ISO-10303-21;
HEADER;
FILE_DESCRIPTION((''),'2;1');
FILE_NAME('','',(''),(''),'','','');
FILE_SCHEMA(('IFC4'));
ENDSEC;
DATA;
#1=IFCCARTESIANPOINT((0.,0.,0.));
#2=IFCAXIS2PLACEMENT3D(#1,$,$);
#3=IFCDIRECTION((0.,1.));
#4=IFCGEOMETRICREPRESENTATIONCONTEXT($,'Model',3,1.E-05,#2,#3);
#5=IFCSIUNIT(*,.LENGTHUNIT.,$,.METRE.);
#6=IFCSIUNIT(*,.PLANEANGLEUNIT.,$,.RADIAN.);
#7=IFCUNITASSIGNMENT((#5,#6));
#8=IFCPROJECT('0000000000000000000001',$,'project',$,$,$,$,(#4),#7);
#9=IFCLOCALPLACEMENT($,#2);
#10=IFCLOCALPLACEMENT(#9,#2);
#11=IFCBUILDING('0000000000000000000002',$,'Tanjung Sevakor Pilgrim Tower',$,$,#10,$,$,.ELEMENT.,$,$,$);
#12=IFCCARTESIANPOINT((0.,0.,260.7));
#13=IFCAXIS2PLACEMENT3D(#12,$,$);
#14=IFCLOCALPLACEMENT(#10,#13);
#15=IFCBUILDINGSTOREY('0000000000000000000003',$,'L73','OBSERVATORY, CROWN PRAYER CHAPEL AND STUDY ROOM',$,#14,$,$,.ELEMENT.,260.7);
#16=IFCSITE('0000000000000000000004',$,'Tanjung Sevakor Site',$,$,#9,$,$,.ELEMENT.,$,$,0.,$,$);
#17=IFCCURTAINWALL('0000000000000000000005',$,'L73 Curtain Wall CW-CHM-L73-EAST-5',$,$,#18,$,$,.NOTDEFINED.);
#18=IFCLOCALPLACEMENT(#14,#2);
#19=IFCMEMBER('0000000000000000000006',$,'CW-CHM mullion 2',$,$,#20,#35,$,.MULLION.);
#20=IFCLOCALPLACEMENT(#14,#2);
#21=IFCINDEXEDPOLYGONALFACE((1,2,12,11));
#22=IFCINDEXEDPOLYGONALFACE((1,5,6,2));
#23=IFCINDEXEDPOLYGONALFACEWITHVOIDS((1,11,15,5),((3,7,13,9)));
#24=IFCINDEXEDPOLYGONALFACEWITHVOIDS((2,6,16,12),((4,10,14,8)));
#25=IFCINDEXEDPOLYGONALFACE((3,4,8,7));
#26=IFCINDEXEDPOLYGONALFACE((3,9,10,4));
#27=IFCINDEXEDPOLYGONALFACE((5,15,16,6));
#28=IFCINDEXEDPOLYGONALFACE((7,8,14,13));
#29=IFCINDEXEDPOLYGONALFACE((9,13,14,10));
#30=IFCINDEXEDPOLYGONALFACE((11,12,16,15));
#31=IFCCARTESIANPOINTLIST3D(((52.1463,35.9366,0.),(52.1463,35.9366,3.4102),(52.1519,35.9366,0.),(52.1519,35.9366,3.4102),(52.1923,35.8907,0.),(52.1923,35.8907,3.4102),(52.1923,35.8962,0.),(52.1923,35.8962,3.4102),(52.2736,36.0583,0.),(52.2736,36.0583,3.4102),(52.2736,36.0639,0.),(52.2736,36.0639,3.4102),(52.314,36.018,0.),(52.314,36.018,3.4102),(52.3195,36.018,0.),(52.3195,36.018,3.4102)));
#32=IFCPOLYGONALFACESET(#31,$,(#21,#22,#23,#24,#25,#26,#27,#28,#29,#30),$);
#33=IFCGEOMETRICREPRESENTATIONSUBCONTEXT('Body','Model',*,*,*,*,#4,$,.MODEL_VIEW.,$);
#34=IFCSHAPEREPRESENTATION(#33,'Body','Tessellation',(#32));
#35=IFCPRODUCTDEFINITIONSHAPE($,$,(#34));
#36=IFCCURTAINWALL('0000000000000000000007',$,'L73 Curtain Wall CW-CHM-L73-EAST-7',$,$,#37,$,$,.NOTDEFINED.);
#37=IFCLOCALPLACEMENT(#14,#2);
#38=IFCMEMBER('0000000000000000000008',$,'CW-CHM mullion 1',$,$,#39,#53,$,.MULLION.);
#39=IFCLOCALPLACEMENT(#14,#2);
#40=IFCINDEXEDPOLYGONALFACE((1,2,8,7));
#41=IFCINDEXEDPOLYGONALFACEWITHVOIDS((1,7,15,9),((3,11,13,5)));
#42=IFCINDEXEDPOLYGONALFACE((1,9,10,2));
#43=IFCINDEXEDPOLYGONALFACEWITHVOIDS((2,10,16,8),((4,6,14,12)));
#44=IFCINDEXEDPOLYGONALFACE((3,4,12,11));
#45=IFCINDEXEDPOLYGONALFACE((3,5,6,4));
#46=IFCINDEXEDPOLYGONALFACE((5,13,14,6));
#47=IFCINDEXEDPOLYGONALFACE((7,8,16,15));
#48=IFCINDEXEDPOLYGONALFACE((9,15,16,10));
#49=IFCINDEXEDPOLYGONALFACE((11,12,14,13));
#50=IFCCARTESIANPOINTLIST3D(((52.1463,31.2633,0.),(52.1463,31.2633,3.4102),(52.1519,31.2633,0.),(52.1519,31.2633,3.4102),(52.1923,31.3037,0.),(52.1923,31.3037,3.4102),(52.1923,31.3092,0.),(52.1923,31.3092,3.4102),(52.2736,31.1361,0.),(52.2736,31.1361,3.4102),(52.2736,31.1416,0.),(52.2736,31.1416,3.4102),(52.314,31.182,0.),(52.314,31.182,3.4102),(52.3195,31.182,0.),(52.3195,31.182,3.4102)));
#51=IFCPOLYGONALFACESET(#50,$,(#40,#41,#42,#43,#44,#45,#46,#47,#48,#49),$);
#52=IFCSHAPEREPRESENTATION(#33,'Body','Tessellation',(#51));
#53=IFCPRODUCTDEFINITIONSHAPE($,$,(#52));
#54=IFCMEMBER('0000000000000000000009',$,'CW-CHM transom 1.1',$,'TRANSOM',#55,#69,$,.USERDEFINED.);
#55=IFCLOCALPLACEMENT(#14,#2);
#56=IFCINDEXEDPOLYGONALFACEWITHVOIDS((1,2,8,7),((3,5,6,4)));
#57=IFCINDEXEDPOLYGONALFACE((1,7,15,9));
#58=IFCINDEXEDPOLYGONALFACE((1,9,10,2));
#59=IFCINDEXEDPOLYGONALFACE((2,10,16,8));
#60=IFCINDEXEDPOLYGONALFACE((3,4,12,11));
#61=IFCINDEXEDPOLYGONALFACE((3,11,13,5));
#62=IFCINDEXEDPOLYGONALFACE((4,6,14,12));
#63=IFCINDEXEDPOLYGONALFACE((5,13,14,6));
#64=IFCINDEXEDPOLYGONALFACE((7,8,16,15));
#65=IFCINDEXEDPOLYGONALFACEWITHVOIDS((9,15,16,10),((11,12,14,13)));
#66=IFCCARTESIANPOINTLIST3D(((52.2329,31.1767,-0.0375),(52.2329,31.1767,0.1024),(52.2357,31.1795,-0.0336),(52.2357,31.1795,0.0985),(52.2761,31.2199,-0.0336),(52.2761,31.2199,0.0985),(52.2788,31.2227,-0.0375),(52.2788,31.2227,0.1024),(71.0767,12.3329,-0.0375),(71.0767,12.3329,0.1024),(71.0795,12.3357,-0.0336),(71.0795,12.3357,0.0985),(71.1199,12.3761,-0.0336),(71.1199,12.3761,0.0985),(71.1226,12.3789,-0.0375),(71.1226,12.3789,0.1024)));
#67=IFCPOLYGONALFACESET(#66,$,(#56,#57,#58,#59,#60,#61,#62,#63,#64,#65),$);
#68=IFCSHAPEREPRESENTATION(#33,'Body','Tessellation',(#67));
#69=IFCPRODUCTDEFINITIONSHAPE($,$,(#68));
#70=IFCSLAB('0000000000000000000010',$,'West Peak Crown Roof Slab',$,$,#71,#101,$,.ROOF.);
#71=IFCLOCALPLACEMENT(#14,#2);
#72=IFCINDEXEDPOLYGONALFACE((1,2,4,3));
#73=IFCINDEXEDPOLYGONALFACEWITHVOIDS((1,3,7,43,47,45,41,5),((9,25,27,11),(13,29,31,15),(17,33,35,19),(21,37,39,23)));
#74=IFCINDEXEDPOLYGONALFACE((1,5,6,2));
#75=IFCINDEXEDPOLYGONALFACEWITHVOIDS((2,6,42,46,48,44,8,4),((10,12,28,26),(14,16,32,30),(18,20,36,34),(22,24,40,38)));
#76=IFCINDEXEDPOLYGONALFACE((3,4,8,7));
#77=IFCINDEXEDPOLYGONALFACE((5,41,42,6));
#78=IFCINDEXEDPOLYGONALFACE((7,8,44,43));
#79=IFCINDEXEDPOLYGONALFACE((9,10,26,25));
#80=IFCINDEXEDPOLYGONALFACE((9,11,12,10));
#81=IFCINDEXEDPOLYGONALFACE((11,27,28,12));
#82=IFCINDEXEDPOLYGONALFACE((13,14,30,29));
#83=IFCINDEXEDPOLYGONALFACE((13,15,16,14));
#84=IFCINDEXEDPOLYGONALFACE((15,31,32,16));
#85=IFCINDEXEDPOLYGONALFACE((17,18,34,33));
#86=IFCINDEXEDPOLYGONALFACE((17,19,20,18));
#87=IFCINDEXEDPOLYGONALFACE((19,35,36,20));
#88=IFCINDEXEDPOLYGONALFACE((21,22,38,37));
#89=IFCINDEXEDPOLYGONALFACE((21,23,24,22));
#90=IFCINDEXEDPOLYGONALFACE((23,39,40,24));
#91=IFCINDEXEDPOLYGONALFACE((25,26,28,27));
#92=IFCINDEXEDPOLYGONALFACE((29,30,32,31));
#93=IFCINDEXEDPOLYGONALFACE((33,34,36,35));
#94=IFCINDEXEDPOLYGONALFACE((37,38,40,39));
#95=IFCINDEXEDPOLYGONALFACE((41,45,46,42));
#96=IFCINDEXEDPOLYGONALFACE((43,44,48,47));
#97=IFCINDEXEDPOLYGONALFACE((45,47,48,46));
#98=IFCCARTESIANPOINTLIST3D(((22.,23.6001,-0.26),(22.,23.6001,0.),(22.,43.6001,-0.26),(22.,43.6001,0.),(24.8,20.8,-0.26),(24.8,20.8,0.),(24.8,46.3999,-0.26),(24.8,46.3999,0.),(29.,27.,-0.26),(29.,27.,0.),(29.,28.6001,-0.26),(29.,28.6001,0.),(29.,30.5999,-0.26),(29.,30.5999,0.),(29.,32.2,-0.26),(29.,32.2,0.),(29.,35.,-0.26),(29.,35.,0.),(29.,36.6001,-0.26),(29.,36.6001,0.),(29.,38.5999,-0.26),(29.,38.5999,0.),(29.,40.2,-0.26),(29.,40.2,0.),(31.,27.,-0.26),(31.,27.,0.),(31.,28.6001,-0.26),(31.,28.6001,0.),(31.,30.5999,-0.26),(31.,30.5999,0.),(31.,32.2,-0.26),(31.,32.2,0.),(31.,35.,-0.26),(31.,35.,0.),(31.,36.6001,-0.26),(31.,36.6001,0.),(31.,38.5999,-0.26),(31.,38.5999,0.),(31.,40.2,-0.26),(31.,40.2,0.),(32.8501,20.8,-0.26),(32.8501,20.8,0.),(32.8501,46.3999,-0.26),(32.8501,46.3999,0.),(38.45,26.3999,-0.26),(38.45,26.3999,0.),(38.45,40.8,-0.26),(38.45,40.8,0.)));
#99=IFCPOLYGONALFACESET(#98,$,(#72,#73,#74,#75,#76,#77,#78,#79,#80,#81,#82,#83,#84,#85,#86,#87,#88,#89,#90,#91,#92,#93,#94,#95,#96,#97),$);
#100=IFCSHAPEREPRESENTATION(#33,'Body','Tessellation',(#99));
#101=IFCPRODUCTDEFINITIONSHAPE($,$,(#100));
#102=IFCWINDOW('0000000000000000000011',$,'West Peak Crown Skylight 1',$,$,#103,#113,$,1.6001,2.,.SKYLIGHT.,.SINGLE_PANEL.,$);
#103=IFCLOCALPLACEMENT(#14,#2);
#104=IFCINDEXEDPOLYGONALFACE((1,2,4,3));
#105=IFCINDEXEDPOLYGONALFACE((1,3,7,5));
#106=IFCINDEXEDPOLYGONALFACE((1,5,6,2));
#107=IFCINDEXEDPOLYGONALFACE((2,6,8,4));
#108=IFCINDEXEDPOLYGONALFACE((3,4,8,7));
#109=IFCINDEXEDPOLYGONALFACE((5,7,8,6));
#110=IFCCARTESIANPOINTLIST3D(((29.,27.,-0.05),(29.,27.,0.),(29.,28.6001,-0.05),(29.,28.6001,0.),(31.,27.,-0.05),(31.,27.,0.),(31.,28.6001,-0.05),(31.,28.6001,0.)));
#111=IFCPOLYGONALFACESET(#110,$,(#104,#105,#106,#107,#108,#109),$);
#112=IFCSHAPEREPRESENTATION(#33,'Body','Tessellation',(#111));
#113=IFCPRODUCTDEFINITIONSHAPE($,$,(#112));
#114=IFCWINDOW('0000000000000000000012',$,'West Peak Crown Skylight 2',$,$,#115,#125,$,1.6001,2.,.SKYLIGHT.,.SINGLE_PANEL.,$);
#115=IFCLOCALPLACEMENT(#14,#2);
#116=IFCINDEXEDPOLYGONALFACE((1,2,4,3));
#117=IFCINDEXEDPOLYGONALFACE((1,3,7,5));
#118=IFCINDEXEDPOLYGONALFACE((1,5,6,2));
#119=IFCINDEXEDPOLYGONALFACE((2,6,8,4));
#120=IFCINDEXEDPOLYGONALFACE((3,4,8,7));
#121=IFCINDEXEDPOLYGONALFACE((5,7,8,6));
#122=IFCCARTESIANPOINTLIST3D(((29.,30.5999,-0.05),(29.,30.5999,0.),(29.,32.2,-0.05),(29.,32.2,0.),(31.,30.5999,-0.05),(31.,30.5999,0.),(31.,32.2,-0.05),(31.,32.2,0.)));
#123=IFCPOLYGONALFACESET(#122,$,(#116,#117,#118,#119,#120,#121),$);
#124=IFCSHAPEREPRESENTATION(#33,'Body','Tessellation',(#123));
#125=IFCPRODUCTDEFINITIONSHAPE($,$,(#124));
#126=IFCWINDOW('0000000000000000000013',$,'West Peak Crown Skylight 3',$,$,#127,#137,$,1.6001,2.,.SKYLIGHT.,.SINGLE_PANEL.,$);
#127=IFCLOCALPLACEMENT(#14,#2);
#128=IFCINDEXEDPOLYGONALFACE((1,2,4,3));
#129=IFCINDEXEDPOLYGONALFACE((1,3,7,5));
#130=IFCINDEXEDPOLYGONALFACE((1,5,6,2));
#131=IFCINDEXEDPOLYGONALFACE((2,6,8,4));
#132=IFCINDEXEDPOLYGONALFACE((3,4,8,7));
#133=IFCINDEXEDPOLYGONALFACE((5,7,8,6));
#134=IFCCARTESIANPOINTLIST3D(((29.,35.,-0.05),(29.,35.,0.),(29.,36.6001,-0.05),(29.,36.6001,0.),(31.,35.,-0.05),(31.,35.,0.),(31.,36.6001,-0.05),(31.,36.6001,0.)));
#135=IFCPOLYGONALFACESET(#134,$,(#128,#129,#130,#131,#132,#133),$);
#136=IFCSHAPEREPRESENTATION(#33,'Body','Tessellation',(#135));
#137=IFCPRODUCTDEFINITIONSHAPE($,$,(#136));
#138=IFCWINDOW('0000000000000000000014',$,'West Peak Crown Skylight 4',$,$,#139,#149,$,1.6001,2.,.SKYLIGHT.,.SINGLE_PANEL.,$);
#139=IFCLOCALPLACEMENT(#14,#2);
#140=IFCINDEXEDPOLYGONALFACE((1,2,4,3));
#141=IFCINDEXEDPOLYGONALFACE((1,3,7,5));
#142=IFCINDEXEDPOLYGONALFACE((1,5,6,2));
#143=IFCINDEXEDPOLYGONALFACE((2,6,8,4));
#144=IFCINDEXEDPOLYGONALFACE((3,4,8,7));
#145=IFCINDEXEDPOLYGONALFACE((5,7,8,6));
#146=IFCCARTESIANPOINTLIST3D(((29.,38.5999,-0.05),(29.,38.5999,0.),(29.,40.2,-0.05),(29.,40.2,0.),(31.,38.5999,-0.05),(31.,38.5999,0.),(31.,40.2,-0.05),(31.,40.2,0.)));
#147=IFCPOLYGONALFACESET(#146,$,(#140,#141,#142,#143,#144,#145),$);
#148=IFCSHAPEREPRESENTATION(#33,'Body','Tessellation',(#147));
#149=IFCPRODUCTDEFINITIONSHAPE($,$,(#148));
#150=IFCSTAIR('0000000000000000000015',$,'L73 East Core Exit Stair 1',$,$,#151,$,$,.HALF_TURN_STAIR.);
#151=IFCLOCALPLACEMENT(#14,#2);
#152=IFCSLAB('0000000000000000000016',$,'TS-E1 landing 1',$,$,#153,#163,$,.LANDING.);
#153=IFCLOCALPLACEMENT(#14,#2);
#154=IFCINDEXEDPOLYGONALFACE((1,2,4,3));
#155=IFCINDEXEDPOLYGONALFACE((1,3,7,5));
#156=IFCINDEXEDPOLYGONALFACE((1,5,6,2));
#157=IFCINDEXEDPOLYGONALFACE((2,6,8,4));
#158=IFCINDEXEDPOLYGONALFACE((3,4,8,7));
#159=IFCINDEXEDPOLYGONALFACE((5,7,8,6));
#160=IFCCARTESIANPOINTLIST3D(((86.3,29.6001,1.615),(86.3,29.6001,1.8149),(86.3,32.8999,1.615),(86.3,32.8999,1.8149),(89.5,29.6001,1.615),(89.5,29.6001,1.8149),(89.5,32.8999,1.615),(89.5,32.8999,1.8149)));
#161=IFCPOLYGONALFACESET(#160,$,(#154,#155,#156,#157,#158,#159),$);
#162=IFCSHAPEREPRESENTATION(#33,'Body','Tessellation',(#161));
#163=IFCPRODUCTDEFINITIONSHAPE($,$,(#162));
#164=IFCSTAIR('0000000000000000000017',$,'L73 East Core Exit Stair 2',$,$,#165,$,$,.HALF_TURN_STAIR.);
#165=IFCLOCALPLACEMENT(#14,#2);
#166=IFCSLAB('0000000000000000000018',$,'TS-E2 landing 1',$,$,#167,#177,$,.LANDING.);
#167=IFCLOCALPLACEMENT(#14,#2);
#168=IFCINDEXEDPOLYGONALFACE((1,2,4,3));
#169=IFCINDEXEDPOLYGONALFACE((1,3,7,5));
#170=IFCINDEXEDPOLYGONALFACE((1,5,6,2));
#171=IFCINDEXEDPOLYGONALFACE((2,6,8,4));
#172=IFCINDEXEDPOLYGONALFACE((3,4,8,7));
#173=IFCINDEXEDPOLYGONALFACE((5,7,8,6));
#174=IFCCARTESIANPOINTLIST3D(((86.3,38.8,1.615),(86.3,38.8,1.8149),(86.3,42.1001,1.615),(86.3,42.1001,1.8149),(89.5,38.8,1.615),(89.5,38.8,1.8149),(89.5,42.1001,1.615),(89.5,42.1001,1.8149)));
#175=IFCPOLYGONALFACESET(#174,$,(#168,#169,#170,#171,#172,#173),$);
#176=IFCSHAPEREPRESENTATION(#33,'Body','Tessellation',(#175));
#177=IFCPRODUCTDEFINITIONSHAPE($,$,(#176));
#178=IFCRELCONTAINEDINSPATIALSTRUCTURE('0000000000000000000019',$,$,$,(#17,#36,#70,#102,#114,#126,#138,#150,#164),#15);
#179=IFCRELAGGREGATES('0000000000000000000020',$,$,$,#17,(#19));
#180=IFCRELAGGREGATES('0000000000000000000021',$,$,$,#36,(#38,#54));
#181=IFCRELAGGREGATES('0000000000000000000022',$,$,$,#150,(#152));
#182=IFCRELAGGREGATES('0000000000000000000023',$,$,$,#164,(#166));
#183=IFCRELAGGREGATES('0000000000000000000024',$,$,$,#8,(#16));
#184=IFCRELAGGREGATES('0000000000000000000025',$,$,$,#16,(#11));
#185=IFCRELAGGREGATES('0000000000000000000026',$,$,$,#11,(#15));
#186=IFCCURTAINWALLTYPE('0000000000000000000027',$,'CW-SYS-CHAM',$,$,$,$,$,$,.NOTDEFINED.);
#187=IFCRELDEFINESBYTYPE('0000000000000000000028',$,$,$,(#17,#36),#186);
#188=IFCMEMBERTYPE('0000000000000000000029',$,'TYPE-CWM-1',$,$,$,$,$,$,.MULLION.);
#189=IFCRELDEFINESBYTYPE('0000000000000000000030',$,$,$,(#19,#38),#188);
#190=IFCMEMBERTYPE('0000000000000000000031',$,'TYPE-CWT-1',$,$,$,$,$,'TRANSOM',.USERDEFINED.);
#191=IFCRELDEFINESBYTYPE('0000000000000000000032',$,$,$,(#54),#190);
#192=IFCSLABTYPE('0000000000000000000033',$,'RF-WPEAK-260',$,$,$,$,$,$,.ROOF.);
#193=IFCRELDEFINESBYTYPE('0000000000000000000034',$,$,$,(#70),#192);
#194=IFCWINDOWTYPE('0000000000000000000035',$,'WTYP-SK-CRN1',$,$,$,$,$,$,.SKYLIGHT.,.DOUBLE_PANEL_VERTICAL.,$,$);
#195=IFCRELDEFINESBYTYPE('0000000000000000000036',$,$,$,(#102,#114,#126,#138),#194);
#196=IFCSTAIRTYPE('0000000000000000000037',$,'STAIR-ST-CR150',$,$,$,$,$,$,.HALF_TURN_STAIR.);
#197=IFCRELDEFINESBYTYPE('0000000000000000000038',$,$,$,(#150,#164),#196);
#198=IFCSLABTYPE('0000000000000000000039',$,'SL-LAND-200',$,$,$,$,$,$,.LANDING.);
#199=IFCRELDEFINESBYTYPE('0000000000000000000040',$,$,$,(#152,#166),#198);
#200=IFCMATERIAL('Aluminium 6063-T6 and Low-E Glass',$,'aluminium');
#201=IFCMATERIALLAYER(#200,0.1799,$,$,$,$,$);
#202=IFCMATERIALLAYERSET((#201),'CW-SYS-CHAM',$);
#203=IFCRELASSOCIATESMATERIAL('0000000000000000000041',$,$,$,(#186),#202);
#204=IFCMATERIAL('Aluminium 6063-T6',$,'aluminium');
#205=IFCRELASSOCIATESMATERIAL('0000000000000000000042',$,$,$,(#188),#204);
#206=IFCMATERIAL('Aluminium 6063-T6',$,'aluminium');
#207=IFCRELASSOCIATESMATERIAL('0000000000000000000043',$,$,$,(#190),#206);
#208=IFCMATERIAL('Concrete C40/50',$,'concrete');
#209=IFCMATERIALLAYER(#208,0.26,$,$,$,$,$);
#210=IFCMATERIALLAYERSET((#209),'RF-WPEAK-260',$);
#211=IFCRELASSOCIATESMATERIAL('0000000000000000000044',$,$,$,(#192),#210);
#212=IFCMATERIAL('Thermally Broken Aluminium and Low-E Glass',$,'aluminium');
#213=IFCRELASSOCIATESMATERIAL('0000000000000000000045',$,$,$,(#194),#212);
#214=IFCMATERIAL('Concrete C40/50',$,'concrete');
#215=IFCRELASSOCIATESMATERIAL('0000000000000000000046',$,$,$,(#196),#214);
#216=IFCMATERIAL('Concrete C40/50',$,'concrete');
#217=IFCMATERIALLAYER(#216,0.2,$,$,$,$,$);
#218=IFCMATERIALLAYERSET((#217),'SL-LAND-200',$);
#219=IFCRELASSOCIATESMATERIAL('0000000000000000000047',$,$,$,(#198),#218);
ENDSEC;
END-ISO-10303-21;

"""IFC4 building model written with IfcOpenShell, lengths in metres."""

from ifc_helpers import new_model, si_unit, direction, frame, origin, origin_2d, place, context, subcontext, project, spatial, polyline, rectangle, hollow_rectangle, outline, extrude, material, layer, layer_set, material_profile, profile_set, type_object, element, fill, aggregate, save


model = new_model("IFC4")

# Units and contexts
model_context = context("Model", 3, precision=1e-05, world=origin(), true_north=direction((0.0, 1.0)))
body_context = subcontext(model_context, "Body", "Model", "MODEL_VIEW")
ifc_project = project(units=[si_unit("LENGTHUNIT", "METRE"), si_unit("PLANEANGLEUNIT", "RADIAN")], contexts=[model_context])

# Site, building, storey
site_placement = place(None, origin())
site = spatial("IfcSite", under=ifc_project, at=site_placement, Name="Tanjung Sevakor Site", CompositionType="ELEMENT", RefElevation=0.0)
building_placement = place(site_placement, origin())
building = spatial("IfcBuilding", under=site, at=building_placement, Name="Tanjung Sevakor Pilgrim Tower", CompositionType="ELEMENT")
storey_placement = place(building_placement, frame((0.0, 0.0, 260.7)))
storey = spatial("IfcBuildingStorey", under=building, at=storey_placement, Name="L73", Description="OBSERVATORY, CROWN PRAYER CHAPEL AND STUDY ROOM", CompositionType="ELEMENT", Elevation=260.7)

# Curtain wall, member
ifc_material_1 = material(Name="Aluminium 6063-T6 and Low-E Glass", Category="aluminium")
ifc_layer_1 = layer(ifc_material_1, 0.1799)
ifc_layer_set_1 = layer_set([ifc_layer_1], Name="CW-SYS-CHAM")
curtain_wall_type = type_object("IfcCurtainWallType", Name="CW-SYS-CHAM", PredefinedType="NOTDEFINED", material=ifc_layer_set_1)
curtain_wall_1_placement = place(storey_placement, origin())
curtain_wall_1 = element("IfcCurtainWall", 1, at=curtain_wall_1_placement, inside=storey, type_object=curtain_wall_type, Name="L73 Curtain Wall CW-CHM-L73-EAST-5", PredefinedType="NOTDEFINED")
ifc_material_2 = material(Name="Aluminium 6063-T6", Category="aluminium")
ifc_material_profile_1 = material_profile(ifc_material_2, hollow_rectangle(XDim=0.0649, YDim=0.1799, WallThickness=0.0039, at=origin_2d()))
ifc_profile_set_1 = profile_set([ifc_material_profile_1], Name="Aluminium 6063-T6")
member_type_1 = type_object("IfcMemberType", Name="TYPE-CWM-1", PredefinedType="MULLION", material=ifc_profile_set_1)
member_1_placement = place(storey_placement, frame((52.2329, 35.9773, 0.0), z_axis=(0.0, 0.0, 1.0), x_axis=(0.707107, -0.707107, 0.0)))
member_1 = element("IfcMember", 2, at=member_1_placement, type_object=member_type_1, Name="CW-CHM mullion 2", PredefinedType="MULLION", context=body_context, shape_type="SweptSolid", body=[
    extrude(hollow_rectangle(XDim=0.0649, YDim=0.1799, WallThickness=0.0039, at=origin_2d()), origin(), (0.0, 0.0, 1.0), 3.4102),
])
aggregate(curtain_wall_1, [member_1])

# Curtain wall, members
curtain_wall_2_placement = place(storey_placement, origin())
curtain_wall_2 = element("IfcCurtainWall", 3, at=curtain_wall_2_placement, inside=storey, type_object=curtain_wall_type, Name="L73 Curtain Wall CW-CHM-L73-EAST-7", PredefinedType="NOTDEFINED")
member_2_placement = place(storey_placement, frame((52.2329, 31.2227, 0.0), z_axis=(0.0, 0.0, 1.0), x_axis=(0.707107, 0.707107, 0.0)))
member_2 = element("IfcMember", 4, at=member_2_placement, type_object=member_type_1, Name="CW-CHM mullion 1", PredefinedType="MULLION", context=body_context, shape_type="SweptSolid", body=[
    extrude(hollow_rectangle(XDim=0.0649, YDim=0.1799, WallThickness=0.0039, at=origin_2d()), origin(), (0.0, 0.0, 1.0), 3.4102),
])
ifc_material_3 = material(Name="Aluminium 6063-T6", Category="aluminium")
ifc_material_profile_2 = material_profile(ifc_material_3, hollow_rectangle(XDim=0.0649, YDim=0.1399, WallThickness=0.0039, at=origin_2d()))
ifc_profile_set_2 = profile_set([ifc_material_profile_2], Name="Aluminium 6063-T6")
member_type_2 = type_object("IfcMemberType", Name="TYPE-CWT-1", ElementType="TRANSOM", PredefinedType="USERDEFINED", material=ifc_profile_set_2)
member_3_placement = place(storey_placement, frame((52.2559, 31.1997, 0.0325), z_axis=(0.707107, -0.707107, 0.0), x_axis=(0.707107, 0.707107, 0.0)))
member_3 = element("IfcMember", 5, at=member_3_placement, type_object=member_type_2, Name="CW-CHM transom 1.1", ObjectType="TRANSOM", PredefinedType="USERDEFINED", context=body_context, shape_type="SweptSolid", body=[
    extrude(hollow_rectangle(XDim=0.0649, YDim=0.1399, WallThickness=0.0039, at=origin_2d()), origin(), (0.0, 0.0, 1.0), 26.6492),
])
aggregate(curtain_wall_2, [member_2, member_3])

# Slab, openings, windows
ifc_material_4 = material(Name="Concrete C40/50", Category="concrete")
ifc_layer_2 = layer(ifc_material_4, 0.26)
ifc_layer_set_2 = layer_set([ifc_layer_2], Name="RF-WPEAK-260")
slab_type_1 = type_object("IfcSlabType", Name="RF-WPEAK-260", PredefinedType="ROOF", material=ifc_layer_set_2)
slab_1_placement = place(storey_placement, frame((0.0, 0.0, -0.26)))
slab_1 = element("IfcSlab", 6, at=slab_1_placement, inside=storey, type_object=slab_type_1, Name="West Peak Crown Roof Slab", PredefinedType="ROOF", context=body_context, shape_type="SweptSolid", body=[
    extrude(outline(polyline([(24.8, 20.8), (32.8501, 20.8), (38.45, 26.3999), (38.45, 40.8), (32.8501, 46.3999), (24.8, 46.3999), (22.0, 43.6001), (22.0, 23.6001), (24.8, 20.8)])), origin(), (0.0, 0.0, 1.0), 0.26),
])
opening_1_placement = place(slab_1_placement, frame((30.0, 27.8, 0.0)))
opening_1 = element("IfcOpeningElement", 7, at=opening_1_placement, cuts=slab_1, PredefinedType="OPENING", context=body_context, shape_type="SweptSolid", body=[
    extrude(rectangle(XDim=2.0, YDim=1.6001, at=origin_2d()), origin(), (0.0, 0.0, 1.0), 0.26),
])
opening_2_placement = place(slab_1_placement, frame((30.0, 31.3999, 0.0)))
opening_2 = element("IfcOpeningElement", 8, at=opening_2_placement, cuts=slab_1, PredefinedType="OPENING", context=body_context, shape_type="SweptSolid", body=[
    extrude(rectangle(XDim=2.0, YDim=1.6001, at=origin_2d()), origin(), (0.0, 0.0, 1.0), 0.26),
])
opening_3_placement = place(slab_1_placement, frame((30.0, 35.8, 0.0)))
opening_3 = element("IfcOpeningElement", 9, at=opening_3_placement, cuts=slab_1, PredefinedType="OPENING", context=body_context, shape_type="SweptSolid", body=[
    extrude(rectangle(XDim=2.0, YDim=1.6001, at=origin_2d()), origin(), (0.0, 0.0, 1.0), 0.26),
])
opening_4_placement = place(slab_1_placement, frame((30.0, 39.3999, 0.0)))
opening_4 = element("IfcOpeningElement", 10, at=opening_4_placement, cuts=slab_1, PredefinedType="OPENING", context=body_context, shape_type="SweptSolid", body=[
    extrude(rectangle(XDim=2.0, YDim=1.6001, at=origin_2d()), origin(), (0.0, 0.0, 1.0), 0.26),
])
ifc_material_5 = material(Name="Thermally Broken Aluminium and Low-E Glass", Category="aluminium")
window_type = type_object("IfcWindowType", Name="WTYP-SK-CRN1", PartitioningType="DOUBLE_PANEL_VERTICAL", PredefinedType="SKYLIGHT", material=ifc_material_5)
window_1_placement = place(opening_1_placement, frame((0.0, 0.0, 0.21)))
window_1 = element("IfcWindow", 11, at=window_1_placement, inside=storey, type_object=window_type, Name="West Peak Crown Skylight 1", OverallHeight=1.6001, OverallWidth=2.0, PartitioningType="SINGLE_PANEL", PredefinedType="SKYLIGHT", context=body_context, shape_type="SweptSolid", body=[
    extrude(rectangle(XDim=2.0, YDim=1.6001, at=origin_2d()), origin(), (0.0, 0.0, 1.0), 0.05),
])
fill(opening_1, window_1)
window_2_placement = place(opening_2_placement, frame((0.0, 0.0, 0.21)))
window_2 = element("IfcWindow", 12, at=window_2_placement, inside=storey, type_object=window_type, Name="West Peak Crown Skylight 2", OverallHeight=1.6001, OverallWidth=2.0, PartitioningType="SINGLE_PANEL", PredefinedType="SKYLIGHT", context=body_context, shape_type="SweptSolid", body=[
    extrude(rectangle(XDim=2.0, YDim=1.6001, at=origin_2d()), origin(), (0.0, 0.0, 1.0), 0.05),
])
fill(opening_2, window_2)
window_3_placement = place(opening_3_placement, frame((0.0, 0.0, 0.21)))
window_3 = element("IfcWindow", 13, at=window_3_placement, inside=storey, type_object=window_type, Name="West Peak Crown Skylight 3", OverallHeight=1.6001, OverallWidth=2.0, PartitioningType="SINGLE_PANEL", PredefinedType="SKYLIGHT", context=body_context, shape_type="SweptSolid", body=[
    extrude(rectangle(XDim=2.0, YDim=1.6001, at=origin_2d()), origin(), (0.0, 0.0, 1.0), 0.05),
])
fill(opening_3, window_3)
window_4_placement = place(opening_4_placement, frame((0.0, 0.0, 0.21)))
window_4 = element("IfcWindow", 14, at=window_4_placement, inside=storey, type_object=window_type, Name="West Peak Crown Skylight 4", OverallHeight=1.6001, OverallWidth=2.0, PartitioningType="SINGLE_PANEL", PredefinedType="SKYLIGHT", context=body_context, shape_type="SweptSolid", body=[
    extrude(rectangle(XDim=2.0, YDim=1.6001, at=origin_2d()), origin(), (0.0, 0.0, 1.0), 0.05),
])
fill(opening_4, window_4)

# Stairs, slabs
ifc_material_6 = material(Name="Concrete C40/50", Category="concrete")
stair_type = type_object("IfcStairType", Name="STAIR-ST-CR150", PredefinedType="HALF_TURN_STAIR", material=ifc_material_6)
stair_1_placement = place(storey_placement, origin())
stair_1 = element("IfcStair", 15, at=stair_1_placement, inside=storey, type_object=stair_type, Name="L73 East Core Exit Stair 1", PredefinedType="HALF_TURN_STAIR")
ifc_material_7 = material(Name="Concrete C40/50", Category="concrete")
ifc_layer_3 = layer(ifc_material_7, 0.2)
ifc_layer_set_3 = layer_set([ifc_layer_3], Name="SL-LAND-200")
slab_type_2 = type_object("IfcSlabType", Name="SL-LAND-200", PredefinedType="LANDING", material=ifc_layer_set_3)
slab_2_placement = place(storey_placement, frame((0.0, 0.0, 1.615)))
slab_2 = element("IfcSlab", 16, at=slab_2_placement, type_object=slab_type_2, Name="TS-E1 landing 1", PredefinedType="LANDING", context=body_context, shape_type="SweptSolid", body=[
    extrude(outline(polyline([(89.5, 29.6001), (89.5, 32.8999), (86.3, 32.8999), (86.3, 29.6001), (89.5, 29.6001)])), origin(), (0.0, 0.0, 1.0), 0.2),
])
aggregate(stair_1, [slab_2])
stair_2_placement = place(storey_placement, origin())
stair_2 = element("IfcStair", 17, at=stair_2_placement, inside=storey, type_object=stair_type, Name="L73 East Core Exit Stair 2", PredefinedType="HALF_TURN_STAIR")
slab_3_placement = place(storey_placement, frame((0.0, 0.0, 1.615)))
slab_3 = element("IfcSlab", 18, at=slab_3_placement, type_object=slab_type_2, Name="TS-E2 landing 1", PredefinedType="LANDING", context=body_context, shape_type="SweptSolid", body=[
    extrude(outline(polyline([(89.5, 38.8), (89.5, 42.1001), (86.3, 42.1001), (86.3, 38.8), (89.5, 38.8)])), origin(), (0.0, 0.0, 1.0), 0.2),
])
aggregate(stair_2, [slab_3])

save(model, "model.ifc")
